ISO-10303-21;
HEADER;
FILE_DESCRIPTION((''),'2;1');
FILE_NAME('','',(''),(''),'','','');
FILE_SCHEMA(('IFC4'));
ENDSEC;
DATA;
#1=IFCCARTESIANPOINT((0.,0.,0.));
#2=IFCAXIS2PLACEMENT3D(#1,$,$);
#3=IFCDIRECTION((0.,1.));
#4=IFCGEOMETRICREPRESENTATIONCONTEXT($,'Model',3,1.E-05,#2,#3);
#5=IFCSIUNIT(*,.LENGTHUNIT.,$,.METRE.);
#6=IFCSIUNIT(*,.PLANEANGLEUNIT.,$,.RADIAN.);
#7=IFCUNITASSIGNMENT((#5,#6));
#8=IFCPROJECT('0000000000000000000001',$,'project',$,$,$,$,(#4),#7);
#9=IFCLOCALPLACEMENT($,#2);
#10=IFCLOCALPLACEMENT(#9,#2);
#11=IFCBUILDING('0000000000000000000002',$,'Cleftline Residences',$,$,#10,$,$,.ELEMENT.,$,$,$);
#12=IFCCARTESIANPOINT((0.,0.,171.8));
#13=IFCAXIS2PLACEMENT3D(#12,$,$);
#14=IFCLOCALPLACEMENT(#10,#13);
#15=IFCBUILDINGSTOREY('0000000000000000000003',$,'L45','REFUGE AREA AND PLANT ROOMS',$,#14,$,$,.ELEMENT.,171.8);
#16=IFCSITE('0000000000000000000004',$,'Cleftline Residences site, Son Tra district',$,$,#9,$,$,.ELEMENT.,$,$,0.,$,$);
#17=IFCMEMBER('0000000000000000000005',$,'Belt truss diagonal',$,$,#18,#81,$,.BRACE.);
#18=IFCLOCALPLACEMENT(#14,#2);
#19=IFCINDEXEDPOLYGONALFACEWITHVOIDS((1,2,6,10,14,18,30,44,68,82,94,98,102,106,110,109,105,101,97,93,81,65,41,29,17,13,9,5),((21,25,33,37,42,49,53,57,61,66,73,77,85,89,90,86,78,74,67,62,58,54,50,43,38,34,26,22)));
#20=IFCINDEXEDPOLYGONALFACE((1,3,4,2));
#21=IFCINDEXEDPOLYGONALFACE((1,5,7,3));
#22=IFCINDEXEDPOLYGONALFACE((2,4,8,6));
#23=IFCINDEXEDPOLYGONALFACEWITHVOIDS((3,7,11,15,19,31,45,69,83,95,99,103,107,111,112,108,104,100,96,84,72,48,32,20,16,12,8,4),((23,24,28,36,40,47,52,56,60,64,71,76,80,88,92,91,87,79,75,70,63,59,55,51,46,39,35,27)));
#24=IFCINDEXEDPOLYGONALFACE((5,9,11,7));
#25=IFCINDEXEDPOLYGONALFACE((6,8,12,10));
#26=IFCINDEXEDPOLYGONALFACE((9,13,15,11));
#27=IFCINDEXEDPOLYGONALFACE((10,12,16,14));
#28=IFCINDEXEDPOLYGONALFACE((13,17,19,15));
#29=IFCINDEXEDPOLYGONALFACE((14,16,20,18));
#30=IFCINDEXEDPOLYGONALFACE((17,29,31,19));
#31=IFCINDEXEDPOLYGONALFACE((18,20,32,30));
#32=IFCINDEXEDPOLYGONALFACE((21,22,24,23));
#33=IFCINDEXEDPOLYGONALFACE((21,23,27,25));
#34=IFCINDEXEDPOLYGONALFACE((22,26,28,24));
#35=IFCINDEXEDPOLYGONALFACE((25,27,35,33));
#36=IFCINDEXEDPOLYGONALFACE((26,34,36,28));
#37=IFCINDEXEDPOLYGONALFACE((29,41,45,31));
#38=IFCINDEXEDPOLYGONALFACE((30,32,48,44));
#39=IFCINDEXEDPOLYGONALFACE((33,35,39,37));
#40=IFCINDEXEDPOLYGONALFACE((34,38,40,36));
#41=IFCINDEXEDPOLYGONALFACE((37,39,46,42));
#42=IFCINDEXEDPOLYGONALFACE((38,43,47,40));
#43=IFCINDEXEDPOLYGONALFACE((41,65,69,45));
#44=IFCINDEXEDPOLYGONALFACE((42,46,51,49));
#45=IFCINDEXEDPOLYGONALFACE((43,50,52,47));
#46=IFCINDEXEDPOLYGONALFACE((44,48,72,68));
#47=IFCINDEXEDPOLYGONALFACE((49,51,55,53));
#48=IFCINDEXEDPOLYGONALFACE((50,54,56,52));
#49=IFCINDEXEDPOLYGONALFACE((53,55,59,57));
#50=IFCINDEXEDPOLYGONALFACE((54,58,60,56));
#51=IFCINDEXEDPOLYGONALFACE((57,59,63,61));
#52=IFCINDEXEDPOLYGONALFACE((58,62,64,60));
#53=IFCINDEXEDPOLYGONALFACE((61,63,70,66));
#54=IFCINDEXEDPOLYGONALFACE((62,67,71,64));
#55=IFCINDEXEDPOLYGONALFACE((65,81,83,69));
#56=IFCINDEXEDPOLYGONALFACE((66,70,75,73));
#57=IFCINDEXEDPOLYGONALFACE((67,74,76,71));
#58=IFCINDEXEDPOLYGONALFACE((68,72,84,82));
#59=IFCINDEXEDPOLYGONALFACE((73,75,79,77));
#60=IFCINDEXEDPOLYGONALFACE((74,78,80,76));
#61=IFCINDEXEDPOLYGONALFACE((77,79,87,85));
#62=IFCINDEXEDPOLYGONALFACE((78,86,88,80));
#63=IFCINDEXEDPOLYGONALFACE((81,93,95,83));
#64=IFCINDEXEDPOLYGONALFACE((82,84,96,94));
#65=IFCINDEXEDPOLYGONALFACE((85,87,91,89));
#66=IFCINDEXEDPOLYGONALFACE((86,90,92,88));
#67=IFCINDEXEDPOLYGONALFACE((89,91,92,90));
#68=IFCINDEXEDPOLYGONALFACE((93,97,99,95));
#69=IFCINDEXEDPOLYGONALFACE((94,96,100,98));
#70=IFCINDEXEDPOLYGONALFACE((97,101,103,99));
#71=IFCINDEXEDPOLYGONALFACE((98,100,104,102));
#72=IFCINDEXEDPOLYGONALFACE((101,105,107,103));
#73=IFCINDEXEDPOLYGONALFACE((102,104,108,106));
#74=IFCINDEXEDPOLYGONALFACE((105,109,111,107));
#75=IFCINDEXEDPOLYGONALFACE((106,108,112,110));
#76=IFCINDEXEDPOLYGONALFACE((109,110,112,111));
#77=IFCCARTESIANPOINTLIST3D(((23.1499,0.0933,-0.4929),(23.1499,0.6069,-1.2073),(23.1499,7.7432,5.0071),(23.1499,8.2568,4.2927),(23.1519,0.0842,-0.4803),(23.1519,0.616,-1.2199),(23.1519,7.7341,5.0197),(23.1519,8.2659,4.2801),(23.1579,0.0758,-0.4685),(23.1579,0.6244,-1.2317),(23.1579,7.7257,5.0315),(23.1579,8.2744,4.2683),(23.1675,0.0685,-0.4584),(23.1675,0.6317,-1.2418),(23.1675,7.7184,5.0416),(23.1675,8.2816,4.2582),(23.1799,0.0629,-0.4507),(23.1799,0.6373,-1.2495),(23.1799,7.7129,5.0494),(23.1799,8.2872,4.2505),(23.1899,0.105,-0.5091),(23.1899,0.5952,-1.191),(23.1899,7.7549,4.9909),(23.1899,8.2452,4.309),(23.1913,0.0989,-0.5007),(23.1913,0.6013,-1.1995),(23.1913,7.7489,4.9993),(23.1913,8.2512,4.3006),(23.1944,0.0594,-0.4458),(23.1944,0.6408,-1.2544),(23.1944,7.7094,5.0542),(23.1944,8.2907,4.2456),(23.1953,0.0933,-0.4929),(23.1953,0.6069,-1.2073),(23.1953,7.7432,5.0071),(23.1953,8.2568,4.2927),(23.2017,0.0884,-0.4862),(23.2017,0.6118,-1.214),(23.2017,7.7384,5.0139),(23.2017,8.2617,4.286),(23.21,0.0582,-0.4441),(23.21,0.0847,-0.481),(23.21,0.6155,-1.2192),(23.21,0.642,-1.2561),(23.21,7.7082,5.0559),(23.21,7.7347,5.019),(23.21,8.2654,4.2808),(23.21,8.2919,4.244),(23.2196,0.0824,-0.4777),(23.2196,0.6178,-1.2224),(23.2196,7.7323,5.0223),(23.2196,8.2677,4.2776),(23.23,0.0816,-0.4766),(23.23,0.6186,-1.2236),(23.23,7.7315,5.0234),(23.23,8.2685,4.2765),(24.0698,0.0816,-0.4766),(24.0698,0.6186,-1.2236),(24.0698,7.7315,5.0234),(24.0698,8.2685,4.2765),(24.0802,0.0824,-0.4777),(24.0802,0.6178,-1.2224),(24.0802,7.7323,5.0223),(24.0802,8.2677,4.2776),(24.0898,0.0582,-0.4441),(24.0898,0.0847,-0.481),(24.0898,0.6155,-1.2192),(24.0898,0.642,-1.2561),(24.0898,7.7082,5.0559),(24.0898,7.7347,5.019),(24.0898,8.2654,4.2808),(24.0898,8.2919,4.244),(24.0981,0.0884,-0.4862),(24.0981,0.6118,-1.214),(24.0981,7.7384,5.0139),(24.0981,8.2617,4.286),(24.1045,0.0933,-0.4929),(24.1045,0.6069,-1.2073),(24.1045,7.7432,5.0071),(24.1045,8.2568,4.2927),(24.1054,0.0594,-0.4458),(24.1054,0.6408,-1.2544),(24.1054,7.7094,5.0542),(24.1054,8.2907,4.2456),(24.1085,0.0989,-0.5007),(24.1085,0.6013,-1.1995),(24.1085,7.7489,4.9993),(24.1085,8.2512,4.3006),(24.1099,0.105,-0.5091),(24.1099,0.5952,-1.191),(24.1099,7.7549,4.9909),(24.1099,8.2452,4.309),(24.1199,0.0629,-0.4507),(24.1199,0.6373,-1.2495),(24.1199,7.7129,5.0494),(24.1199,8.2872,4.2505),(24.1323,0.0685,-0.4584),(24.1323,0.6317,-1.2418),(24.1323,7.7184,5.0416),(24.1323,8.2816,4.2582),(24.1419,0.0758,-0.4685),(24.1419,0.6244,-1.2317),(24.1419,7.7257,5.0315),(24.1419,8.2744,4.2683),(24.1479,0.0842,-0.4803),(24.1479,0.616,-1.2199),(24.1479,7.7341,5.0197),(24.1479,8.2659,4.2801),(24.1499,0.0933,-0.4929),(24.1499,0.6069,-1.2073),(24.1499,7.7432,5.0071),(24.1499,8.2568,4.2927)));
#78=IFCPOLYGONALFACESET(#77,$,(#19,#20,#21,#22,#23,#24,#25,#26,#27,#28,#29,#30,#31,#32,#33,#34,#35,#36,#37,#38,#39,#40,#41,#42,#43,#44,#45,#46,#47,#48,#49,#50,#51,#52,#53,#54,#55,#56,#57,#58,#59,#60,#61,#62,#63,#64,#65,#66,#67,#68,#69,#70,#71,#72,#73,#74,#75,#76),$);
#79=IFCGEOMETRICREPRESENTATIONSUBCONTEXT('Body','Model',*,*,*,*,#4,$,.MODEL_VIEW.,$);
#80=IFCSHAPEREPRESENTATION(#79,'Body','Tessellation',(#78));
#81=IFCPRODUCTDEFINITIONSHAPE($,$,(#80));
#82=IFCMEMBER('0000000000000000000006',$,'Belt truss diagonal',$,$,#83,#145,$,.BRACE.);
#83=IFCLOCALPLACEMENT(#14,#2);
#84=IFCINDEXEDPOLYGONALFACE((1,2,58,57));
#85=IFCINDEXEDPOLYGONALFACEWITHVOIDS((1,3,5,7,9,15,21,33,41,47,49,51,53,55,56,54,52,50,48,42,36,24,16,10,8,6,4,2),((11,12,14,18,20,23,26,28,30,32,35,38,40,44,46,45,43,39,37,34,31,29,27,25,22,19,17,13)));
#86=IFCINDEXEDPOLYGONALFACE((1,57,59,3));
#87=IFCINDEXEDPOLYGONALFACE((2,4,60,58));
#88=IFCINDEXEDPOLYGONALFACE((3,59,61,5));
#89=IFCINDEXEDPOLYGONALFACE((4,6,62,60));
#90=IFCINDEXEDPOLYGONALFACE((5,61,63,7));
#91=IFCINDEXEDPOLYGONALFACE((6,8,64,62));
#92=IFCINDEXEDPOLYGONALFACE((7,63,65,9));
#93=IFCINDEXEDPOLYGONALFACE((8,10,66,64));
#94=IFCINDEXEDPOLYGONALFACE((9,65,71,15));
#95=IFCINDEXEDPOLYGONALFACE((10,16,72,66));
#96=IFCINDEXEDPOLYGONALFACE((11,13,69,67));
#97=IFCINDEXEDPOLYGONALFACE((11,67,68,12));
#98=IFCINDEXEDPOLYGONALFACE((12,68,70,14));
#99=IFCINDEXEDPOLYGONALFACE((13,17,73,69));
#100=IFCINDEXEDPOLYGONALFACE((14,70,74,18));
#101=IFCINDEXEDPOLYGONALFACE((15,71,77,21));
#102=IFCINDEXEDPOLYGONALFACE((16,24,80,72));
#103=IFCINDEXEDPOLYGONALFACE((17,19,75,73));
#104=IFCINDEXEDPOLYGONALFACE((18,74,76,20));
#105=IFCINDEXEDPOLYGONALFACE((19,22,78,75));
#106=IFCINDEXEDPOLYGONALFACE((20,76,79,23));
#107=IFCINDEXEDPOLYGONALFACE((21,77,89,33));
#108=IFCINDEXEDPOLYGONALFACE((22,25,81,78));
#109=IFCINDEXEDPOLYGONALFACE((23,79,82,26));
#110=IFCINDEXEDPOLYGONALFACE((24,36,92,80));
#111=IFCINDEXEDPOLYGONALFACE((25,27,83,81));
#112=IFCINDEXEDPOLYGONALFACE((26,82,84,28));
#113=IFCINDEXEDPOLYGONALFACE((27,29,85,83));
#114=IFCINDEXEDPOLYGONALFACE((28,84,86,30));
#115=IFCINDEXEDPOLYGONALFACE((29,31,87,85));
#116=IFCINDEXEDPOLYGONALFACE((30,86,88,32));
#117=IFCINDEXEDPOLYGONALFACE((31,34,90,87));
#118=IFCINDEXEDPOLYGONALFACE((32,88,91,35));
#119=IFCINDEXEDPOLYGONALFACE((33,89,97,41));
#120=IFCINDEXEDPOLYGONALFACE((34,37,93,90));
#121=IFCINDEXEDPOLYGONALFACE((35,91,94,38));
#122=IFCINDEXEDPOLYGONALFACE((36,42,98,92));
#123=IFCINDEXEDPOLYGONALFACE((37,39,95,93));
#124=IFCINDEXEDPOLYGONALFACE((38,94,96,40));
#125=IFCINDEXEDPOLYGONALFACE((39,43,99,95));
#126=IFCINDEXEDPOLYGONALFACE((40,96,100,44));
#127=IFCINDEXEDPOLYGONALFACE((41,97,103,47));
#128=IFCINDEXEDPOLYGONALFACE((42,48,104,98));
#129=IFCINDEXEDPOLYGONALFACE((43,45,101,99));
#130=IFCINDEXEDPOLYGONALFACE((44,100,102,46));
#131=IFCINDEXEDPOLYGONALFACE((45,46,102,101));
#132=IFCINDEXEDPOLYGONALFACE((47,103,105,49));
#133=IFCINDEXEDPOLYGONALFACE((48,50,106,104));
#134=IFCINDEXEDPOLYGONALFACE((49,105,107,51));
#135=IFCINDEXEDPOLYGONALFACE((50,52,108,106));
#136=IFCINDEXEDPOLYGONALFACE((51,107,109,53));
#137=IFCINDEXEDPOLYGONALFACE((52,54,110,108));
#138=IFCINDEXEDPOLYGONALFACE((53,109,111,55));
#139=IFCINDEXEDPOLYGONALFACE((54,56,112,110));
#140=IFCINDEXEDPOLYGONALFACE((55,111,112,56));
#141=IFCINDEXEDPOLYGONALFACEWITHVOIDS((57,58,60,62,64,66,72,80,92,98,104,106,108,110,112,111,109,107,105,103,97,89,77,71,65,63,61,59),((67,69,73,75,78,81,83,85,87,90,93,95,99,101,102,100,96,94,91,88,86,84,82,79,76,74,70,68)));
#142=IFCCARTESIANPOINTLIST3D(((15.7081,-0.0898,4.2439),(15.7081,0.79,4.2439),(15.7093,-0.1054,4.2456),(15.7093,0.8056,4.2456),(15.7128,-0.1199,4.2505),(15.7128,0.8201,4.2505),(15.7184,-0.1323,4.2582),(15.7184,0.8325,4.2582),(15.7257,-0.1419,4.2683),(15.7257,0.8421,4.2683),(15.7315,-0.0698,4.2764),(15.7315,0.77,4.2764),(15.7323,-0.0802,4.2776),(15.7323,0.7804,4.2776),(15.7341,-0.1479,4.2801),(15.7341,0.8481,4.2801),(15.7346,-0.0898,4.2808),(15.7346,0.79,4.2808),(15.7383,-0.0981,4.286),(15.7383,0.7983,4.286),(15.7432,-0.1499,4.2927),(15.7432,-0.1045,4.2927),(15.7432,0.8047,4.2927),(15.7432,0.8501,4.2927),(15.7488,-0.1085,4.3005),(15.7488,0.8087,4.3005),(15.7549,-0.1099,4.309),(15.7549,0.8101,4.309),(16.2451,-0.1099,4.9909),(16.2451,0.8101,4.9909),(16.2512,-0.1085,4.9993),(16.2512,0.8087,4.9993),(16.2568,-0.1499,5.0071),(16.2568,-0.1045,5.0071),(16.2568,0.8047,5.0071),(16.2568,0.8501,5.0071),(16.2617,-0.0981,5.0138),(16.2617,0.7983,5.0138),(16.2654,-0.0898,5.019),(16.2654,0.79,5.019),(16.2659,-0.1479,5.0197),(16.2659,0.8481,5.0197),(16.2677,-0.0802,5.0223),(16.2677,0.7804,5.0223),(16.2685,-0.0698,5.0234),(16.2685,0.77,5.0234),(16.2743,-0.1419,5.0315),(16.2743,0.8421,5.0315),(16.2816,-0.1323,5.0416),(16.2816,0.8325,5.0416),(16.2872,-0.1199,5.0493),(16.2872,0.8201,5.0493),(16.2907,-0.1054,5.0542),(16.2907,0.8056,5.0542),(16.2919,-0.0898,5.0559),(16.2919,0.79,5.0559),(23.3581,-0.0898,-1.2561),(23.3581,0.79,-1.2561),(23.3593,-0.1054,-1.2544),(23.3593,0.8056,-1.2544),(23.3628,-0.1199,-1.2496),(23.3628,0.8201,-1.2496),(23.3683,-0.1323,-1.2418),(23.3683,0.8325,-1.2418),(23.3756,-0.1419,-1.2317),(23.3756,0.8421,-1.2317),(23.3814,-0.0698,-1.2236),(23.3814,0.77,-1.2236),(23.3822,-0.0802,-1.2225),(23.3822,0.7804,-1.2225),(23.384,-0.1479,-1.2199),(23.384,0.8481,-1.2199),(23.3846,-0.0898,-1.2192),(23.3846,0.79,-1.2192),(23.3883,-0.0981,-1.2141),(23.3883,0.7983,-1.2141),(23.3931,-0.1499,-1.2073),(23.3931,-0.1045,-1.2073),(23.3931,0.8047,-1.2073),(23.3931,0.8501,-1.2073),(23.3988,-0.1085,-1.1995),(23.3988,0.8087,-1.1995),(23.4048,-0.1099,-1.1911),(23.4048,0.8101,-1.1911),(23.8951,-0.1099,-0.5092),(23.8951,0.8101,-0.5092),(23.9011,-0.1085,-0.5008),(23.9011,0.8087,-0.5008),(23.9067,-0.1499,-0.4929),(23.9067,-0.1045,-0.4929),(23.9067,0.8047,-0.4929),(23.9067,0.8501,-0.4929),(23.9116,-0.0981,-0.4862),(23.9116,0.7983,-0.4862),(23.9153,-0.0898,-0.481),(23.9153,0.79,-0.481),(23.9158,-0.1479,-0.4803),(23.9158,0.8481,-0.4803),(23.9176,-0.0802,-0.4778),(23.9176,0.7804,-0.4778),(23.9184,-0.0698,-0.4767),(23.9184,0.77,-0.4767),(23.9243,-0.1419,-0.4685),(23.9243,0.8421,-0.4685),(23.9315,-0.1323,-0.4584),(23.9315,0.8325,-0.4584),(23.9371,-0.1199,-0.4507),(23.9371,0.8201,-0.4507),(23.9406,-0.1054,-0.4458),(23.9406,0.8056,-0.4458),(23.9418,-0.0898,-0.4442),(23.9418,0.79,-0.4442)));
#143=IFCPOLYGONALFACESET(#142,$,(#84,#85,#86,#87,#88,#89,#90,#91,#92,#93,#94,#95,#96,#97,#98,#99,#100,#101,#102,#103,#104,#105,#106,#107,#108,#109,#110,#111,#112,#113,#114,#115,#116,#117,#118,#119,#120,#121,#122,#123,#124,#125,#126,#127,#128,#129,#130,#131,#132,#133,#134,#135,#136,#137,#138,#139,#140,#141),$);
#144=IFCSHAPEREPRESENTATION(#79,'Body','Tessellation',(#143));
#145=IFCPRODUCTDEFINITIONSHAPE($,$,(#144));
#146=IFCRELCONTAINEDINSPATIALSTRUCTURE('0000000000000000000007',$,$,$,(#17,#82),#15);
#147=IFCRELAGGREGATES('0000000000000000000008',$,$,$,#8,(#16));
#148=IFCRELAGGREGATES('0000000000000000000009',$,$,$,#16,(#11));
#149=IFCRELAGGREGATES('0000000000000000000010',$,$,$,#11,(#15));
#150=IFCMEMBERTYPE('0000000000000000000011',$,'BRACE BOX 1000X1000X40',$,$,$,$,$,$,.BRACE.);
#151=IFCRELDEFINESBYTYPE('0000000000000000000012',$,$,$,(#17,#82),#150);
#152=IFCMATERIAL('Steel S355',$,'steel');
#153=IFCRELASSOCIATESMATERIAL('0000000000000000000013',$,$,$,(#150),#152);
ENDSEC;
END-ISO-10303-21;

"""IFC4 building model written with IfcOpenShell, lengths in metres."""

from ifc_helpers import new_model, si_unit, direction, frame, origin, origin_2d, place, context, subcontext, project, spatial, hollow_rectangle, extrude, material, material_profile, profile_set, type_object, element, save


model = new_model("IFC4")

# Units and contexts
model_context = context("Model", 3, precision=1e-05, world=origin(), true_north=direction((0.0, 1.0)))
body_context = subcontext(model_context, "Body", "Model", "MODEL_VIEW")
ifc_project = project(units=[si_unit("LENGTHUNIT", "METRE"), si_unit("PLANEANGLEUNIT", "RADIAN")], contexts=[model_context])

# Site, building, storey
site_placement = place(None, origin())
site = spatial("IfcSite", under=ifc_project, at=site_placement, Name="Cleftline Residences site, Son Tra district", CompositionType="ELEMENT", RefElevation=0.0)
building_placement = place(site_placement, origin())
building = spatial("IfcBuilding", under=site, at=building_placement, Name="Cleftline Residences", CompositionType="ELEMENT")
storey_placement = place(building_placement, frame((0.0, 0.0, 171.8)))
storey = spatial("IfcBuildingStorey", under=building, at=storey_placement, Name="L45", Description="REFUGE AREA AND PLANT ROOMS", CompositionType="ELEMENT", Elevation=171.8)

# Members
ifc_material_1 = material(Name="Steel S355", Category="steel")
ifc_material_profile_1 = material_profile(ifc_material_1, hollow_rectangle(XDim=1.0, YDim=1.0, WallThickness=0.04, InnerFilletRadius=0.04, OuterFilletRadius=0.0601, at=origin_2d()))
ifc_profile_set_1 = profile_set([ifc_material_profile_1], Name="Steel S355")
member_type_1 = type_object("IfcMemberType", Name="BRACE BOX 1000X1000X40", PredefinedType="BRACE", material=ifc_profile_set_1)
for number, where, z_axis, x_axis, name in (
    (1, (23.6499, 0.3501, -0.8501), (0.0, 0.811933, 0.58375), (0.0, -0.58375, 0.811933), "Belt truss diagonal"),
    (2, (16.0, 0.3501, 4.6499), (0.811933, 0.0, -0.58375), (0.58375, 0.0, 0.811933), "Belt truss diagonal"),
):
    element("IfcMember", number, at=place(storey_placement, frame(where, z_axis=z_axis, x_axis=x_axis)), inside=storey, type_object=member_type_1, Name=name, PredefinedType="BRACE", context=body_context, shape_type="SweptSolid", body=[
        extrude(hollow_rectangle(XDim=1.0, YDim=1.0, WallThickness=0.04, InnerFilletRadius=0.04, OuterFilletRadius=0.0601, at=origin_2d()), origin(), (0.0, 0.0, 1.0), 9.4219),
    ])

save(model, "model.ifc")
